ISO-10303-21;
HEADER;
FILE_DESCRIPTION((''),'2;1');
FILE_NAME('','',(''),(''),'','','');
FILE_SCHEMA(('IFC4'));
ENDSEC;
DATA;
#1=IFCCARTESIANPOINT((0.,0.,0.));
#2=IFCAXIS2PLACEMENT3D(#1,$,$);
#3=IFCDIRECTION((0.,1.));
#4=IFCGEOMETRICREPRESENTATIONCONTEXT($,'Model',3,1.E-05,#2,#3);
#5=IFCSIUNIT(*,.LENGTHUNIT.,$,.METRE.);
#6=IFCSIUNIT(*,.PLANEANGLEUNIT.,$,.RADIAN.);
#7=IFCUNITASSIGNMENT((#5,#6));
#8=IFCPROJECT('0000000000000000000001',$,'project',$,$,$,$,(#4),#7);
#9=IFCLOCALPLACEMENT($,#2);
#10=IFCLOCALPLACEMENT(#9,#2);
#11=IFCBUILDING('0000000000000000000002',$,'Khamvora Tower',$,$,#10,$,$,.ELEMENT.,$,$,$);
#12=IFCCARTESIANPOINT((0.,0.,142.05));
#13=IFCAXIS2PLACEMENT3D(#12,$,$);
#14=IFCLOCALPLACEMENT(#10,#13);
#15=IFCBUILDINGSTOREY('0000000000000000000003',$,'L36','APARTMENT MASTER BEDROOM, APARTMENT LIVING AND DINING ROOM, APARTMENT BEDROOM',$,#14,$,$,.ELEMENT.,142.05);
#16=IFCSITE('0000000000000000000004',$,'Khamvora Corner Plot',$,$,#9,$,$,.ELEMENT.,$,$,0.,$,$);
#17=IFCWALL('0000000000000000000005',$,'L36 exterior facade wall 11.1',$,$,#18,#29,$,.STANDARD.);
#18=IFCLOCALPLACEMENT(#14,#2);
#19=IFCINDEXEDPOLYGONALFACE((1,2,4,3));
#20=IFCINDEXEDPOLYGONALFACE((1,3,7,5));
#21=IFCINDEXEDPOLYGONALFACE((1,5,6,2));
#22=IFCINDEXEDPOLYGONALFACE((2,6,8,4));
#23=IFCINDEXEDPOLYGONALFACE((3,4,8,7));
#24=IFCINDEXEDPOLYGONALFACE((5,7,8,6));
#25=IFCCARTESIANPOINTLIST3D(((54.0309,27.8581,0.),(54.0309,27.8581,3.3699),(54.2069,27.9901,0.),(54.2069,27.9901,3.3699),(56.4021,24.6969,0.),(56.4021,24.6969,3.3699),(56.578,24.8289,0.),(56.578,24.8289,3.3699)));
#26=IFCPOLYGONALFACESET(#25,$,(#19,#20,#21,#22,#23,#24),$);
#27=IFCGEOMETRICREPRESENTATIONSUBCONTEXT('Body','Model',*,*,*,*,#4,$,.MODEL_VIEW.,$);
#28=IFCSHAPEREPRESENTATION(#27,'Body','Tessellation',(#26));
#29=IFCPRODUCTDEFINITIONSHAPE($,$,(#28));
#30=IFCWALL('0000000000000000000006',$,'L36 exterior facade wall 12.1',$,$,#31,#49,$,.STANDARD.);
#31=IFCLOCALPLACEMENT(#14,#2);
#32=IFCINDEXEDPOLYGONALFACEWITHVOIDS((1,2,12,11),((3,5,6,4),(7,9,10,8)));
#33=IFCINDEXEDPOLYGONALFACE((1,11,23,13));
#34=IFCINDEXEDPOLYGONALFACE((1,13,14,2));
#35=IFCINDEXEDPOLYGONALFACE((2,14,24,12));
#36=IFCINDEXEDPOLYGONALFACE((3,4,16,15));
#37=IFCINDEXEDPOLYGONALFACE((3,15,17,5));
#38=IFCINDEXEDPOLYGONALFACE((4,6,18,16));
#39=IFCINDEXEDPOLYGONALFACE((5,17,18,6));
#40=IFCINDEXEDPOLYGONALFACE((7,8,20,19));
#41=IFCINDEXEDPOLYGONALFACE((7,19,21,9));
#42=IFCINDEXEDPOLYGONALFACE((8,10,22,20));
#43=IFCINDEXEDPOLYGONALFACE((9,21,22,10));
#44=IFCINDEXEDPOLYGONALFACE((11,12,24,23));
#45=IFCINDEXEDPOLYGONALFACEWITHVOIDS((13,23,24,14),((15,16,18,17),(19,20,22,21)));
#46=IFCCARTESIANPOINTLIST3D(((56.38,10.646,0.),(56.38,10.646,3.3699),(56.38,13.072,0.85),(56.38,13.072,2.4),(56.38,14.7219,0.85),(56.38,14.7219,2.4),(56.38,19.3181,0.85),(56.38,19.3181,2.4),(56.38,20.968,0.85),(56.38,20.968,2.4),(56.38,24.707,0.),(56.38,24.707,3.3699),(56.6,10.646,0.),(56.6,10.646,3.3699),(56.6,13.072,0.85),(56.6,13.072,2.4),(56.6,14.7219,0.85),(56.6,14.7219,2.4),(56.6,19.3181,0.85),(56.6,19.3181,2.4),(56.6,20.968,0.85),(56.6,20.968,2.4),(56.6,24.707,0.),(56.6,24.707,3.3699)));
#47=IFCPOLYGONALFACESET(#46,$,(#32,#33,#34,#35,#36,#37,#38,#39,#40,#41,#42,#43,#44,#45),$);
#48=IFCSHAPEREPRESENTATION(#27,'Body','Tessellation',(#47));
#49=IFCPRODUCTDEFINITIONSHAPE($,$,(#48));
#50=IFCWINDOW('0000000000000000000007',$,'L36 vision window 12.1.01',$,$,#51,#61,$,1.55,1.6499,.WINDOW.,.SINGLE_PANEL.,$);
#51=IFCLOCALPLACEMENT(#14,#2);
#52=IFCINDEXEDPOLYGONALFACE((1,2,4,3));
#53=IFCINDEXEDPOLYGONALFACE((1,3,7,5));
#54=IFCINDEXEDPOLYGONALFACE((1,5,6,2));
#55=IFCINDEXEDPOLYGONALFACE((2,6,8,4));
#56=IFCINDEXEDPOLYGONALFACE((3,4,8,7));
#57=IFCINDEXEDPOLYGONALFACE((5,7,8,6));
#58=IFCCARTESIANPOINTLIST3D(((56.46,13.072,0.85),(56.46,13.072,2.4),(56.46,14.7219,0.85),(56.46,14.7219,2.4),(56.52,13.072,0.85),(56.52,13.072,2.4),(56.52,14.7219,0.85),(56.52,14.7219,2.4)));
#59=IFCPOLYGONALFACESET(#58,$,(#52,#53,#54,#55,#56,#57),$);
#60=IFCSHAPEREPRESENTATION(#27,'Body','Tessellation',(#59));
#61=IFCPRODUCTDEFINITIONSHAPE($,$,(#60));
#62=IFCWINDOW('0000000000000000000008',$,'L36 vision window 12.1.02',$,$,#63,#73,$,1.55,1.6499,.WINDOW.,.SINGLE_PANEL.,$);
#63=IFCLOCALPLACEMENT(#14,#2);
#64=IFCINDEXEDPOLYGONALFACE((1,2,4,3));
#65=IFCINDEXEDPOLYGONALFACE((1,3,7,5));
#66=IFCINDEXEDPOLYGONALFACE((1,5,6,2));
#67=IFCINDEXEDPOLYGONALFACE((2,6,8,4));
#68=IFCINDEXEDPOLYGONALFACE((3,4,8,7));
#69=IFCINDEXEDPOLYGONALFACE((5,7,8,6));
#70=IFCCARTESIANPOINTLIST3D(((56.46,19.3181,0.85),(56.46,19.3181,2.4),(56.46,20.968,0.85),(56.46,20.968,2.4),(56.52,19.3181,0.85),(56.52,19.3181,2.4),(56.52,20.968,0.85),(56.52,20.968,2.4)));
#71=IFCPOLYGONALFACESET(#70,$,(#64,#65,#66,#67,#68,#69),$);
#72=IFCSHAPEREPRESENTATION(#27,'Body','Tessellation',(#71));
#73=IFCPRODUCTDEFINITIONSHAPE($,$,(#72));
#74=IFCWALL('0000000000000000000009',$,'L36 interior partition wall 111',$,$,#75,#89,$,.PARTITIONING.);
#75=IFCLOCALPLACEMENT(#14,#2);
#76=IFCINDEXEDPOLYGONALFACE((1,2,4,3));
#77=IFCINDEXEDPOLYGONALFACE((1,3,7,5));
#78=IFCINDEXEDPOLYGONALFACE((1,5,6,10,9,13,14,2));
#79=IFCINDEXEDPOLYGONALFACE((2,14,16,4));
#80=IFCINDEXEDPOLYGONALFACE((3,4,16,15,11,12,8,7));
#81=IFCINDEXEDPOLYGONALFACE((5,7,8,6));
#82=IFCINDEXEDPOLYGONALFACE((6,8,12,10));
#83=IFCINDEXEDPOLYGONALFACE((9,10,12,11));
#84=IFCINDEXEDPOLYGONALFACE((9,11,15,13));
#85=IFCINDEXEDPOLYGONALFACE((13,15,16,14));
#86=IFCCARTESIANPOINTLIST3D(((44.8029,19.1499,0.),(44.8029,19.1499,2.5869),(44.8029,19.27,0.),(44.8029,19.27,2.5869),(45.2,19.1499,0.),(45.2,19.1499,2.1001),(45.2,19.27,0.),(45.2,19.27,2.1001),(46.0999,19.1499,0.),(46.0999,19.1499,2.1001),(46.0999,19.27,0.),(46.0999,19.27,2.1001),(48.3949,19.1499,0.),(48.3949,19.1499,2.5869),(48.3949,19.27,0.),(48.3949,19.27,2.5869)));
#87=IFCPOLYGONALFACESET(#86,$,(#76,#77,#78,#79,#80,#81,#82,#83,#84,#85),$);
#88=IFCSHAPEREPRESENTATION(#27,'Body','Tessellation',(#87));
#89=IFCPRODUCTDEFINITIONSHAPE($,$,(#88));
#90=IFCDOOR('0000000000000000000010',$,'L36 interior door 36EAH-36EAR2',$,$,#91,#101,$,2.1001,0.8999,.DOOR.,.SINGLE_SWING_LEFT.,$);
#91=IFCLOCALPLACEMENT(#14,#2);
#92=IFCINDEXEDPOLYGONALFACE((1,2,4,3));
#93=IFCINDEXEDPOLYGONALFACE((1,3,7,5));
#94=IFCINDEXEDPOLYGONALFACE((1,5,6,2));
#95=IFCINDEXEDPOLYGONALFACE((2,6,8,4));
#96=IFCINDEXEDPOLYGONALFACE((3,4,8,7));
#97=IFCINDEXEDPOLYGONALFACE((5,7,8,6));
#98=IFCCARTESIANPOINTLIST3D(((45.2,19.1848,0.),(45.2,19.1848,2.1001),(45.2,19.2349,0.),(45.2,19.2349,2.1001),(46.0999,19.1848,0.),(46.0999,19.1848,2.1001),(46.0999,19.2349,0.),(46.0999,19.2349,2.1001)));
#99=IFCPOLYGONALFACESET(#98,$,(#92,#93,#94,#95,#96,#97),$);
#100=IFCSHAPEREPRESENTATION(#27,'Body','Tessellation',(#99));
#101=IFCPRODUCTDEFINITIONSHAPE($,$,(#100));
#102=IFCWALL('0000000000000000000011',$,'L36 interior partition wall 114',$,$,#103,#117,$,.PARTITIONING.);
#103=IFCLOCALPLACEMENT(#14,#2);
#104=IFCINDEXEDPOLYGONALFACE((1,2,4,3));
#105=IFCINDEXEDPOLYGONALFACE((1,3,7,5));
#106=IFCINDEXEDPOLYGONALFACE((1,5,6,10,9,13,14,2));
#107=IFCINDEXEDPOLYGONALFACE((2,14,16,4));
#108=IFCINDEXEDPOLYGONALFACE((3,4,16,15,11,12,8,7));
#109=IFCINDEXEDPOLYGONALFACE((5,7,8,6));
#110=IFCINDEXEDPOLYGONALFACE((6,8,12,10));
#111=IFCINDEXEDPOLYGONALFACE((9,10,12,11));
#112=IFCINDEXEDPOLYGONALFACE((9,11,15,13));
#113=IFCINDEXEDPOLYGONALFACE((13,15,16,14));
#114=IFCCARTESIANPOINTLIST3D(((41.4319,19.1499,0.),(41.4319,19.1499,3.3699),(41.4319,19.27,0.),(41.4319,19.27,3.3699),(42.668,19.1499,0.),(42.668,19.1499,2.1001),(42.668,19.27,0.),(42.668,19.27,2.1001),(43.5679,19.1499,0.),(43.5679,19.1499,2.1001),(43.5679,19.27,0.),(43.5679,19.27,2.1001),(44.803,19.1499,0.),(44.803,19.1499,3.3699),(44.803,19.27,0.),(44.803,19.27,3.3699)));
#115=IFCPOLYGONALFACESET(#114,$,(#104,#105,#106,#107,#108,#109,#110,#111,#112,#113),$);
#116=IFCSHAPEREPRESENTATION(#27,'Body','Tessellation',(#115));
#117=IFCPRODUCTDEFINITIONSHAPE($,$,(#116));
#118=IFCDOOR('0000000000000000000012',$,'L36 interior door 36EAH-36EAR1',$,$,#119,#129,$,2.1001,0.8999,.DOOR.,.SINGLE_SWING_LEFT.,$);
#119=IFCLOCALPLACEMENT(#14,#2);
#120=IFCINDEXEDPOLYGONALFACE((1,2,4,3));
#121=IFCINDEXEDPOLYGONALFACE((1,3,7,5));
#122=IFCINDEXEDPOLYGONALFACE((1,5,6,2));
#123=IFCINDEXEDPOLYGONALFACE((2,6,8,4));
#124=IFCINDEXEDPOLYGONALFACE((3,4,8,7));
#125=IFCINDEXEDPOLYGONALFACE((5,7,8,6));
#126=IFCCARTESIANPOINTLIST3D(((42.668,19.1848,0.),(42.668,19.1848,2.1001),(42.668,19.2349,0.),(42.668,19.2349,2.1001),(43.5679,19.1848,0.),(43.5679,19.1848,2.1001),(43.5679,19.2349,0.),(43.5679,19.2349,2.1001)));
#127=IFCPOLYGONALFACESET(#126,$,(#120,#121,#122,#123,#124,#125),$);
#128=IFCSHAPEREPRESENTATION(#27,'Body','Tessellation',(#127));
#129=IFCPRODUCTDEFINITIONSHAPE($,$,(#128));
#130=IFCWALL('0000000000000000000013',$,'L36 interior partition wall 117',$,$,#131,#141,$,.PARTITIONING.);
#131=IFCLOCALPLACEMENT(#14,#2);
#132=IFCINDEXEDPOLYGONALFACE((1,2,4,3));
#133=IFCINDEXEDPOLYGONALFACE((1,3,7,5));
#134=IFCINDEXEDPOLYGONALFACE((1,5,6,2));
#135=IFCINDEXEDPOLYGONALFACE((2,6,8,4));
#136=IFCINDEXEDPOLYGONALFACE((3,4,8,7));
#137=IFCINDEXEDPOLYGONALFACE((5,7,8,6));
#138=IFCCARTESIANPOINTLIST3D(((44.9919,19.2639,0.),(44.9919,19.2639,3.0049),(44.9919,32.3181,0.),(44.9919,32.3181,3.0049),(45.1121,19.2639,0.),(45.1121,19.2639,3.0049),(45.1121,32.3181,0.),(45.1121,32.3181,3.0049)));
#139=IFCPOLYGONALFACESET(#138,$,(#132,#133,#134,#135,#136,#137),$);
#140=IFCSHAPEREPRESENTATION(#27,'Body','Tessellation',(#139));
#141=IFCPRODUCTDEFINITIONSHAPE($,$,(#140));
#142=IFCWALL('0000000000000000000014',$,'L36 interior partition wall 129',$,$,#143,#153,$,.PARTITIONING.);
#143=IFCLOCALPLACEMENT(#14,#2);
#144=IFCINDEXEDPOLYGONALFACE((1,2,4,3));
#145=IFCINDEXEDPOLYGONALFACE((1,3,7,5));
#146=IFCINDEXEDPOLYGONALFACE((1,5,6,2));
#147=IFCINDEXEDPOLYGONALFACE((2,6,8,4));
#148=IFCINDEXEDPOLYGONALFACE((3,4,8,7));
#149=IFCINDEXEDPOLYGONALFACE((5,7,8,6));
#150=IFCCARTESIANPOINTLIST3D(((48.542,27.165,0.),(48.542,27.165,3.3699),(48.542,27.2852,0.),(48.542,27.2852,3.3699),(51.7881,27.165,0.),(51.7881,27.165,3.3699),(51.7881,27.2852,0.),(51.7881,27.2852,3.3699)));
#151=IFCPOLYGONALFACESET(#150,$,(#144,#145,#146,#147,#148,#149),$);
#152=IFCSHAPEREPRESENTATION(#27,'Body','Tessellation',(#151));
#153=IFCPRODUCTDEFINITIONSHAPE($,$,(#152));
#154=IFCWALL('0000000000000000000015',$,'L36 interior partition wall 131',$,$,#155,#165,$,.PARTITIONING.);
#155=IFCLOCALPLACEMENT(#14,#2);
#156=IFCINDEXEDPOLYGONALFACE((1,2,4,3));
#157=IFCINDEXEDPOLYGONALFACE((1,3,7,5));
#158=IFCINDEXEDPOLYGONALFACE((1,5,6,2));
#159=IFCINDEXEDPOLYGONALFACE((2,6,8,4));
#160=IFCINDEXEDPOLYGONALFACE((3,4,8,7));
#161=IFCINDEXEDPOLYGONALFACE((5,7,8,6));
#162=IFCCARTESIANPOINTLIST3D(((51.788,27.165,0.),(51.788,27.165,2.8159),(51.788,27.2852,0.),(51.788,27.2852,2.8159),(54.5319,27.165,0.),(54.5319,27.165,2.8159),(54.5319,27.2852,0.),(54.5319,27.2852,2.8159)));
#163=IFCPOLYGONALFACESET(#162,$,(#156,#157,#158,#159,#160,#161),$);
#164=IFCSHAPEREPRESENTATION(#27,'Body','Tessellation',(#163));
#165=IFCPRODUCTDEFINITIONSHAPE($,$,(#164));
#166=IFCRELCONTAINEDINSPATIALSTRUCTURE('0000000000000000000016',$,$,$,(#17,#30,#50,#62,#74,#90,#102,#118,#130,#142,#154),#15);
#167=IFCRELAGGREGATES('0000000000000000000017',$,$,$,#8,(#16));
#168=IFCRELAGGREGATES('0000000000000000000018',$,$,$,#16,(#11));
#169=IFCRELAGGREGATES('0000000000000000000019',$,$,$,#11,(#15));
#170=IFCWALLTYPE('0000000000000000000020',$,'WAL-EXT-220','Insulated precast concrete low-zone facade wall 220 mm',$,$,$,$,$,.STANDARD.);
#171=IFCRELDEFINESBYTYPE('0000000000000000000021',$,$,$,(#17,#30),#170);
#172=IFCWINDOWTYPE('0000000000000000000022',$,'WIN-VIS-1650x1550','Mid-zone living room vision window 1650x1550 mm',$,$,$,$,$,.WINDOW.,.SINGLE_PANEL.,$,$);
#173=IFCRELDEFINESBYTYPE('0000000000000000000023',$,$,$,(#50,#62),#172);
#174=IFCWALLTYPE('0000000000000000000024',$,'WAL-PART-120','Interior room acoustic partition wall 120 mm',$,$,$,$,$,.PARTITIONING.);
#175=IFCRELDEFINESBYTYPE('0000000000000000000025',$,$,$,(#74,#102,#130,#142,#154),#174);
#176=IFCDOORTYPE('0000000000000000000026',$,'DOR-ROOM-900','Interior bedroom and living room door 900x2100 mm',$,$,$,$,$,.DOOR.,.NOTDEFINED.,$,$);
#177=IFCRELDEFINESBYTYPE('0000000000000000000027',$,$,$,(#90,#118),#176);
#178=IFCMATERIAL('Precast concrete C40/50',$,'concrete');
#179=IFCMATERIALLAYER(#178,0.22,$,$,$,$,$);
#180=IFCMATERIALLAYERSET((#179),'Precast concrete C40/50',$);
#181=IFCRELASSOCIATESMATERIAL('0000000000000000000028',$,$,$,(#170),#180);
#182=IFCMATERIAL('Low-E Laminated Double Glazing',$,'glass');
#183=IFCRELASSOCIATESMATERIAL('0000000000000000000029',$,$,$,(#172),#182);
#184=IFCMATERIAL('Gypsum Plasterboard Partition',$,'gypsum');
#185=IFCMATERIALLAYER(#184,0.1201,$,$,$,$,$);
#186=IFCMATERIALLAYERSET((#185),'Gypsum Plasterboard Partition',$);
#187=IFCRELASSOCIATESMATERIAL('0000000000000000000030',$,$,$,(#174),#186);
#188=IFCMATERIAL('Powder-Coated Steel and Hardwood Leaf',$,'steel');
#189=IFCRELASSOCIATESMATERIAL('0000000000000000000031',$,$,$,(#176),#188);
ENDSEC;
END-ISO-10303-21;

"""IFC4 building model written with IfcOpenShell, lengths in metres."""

from ifc_helpers import new_model, si_unit, direction, frame, frame_2d, origin, place, context, subcontext, project, spatial, rectangle, extrude, material, layer, layer_set, type_object, element, fill, save


model = new_model("IFC4")

# Units and contexts
model_context = context("Model", 3, precision=1e-05, world=origin(), true_north=direction((0.0, 1.0)))
body_context = subcontext(model_context, "Body", "Model", "MODEL_VIEW")
ifc_project = project(units=[si_unit("LENGTHUNIT", "METRE"), si_unit("PLANEANGLEUNIT", "RADIAN")], contexts=[model_context])

# Site, building, storey
site_placement = place(None, origin())
site = spatial("IfcSite", under=ifc_project, at=site_placement, Name="Khamvora Corner Plot", CompositionType="ELEMENT", RefElevation=0.0)
building_placement = place(site_placement, origin())
building = spatial("IfcBuilding", under=site, at=building_placement, Name="Khamvora Tower", CompositionType="ELEMENT")
storey_placement = place(building_placement, frame((0.0, 0.0, 142.05)))
storey = spatial("IfcBuildingStorey", under=building, at=storey_placement, Name="L36", Description="APARTMENT MASTER BEDROOM, APARTMENT LIVING AND DINING ROOM, APARTMENT BEDROOM", CompositionType="ELEMENT", Elevation=142.05)

# Shared definitions
ifc_material_1 = material(Name="Powder-Coated Steel and Hardwood Leaf", Category="steel")

# Wall
ifc_material_2 = material(Name="Precast concrete C40/50", Category="concrete")
ifc_layer_1 = layer(ifc_material_2, 0.22)
ifc_layer_set_1 = layer_set([ifc_layer_1], Name="Precast concrete C40/50")
wall_type_1 = type_object("IfcWallType", Name="WAL-EXT-220", Description="Insulated precast concrete low-zone facade wall 220 mm", PredefinedType="STANDARD", material=ifc_layer_set_1)
wall_1_placement = place(storey_placement, frame((54.1189, 27.9241, 0.0), z_axis=(0.0, 0.0, 1.0), x_axis=(0.60004, -0.79997, 0.0)))
element("IfcWall", 1, at=wall_1_placement, inside=storey, type_object=wall_type_1, Name="L36 exterior facade wall 11.1", PredefinedType="STANDARD", context=body_context, shape_type="SweptSolid", body=[
    extrude(rectangle(XDim=3.9517, YDim=0.22, at=frame_2d((1.9758, 0.0))), origin(), (0.0, 0.0, 1.0), 3.3699),
])

# Wall, openings, windows
wall_2_placement = place(storey_placement, frame((56.49, 24.707, 0.0), z_axis=(0.0, 0.0, 1.0), x_axis=(0.0, -1.0, 0.0)))
wall_2 = element("IfcWall", 2, at=wall_2_placement, inside=storey, type_object=wall_type_1, Name="L36 exterior facade wall 12.1", PredefinedType="STANDARD", context=body_context, shape_type="SweptSolid", body=[
    extrude(rectangle(XDim=14.061, YDim=0.22, at=frame_2d((7.0305, 0.0))), origin(), (0.0, 0.0, 1.0), 3.3699),
])
opening_1_placement = place(wall_2_placement, frame((9.9851, 0.0, 0.8501)))
opening_1 = element("IfcOpeningElement", 3, at=opening_1_placement, cuts=wall_2, PredefinedType="OPENING", context=body_context, shape_type="SweptSolid", body=[
    extrude(rectangle(XDim=1.6499, YDim=1.55, at=frame_2d((0.825, 0.7749))), frame((0.0, 0.1199, 0.0), z_axis=(0.0, -1.0, 0.0), x_axis=(1.0, 0.0, 0.0)), (0.0, 0.0, 1.0), 0.24),
])
opening_2_placement = place(wall_2_placement, frame((3.739, 0.0, 0.8501)))
opening_2 = element("IfcOpeningElement", 4, at=opening_2_placement, cuts=wall_2, PredefinedType="OPENING", context=body_context, shape_type="SweptSolid", body=[
    extrude(rectangle(XDim=1.6499, YDim=1.55, at=frame_2d((0.825, 0.7749))), frame((0.0, 0.1199, 0.0), z_axis=(0.0, -1.0, 0.0), x_axis=(1.0, 0.0, 0.0)), (0.0, 0.0, 1.0), 0.24),
])
ifc_material_3 = material(Name="Low-E Laminated Double Glazing", Category="glass")
window_type = type_object("IfcWindowType", Name="WIN-VIS-1650x1550", Description="Mid-zone living room vision window 1650x1550 mm", PartitioningType="SINGLE_PANEL", PredefinedType="WINDOW", material=ifc_material_3)
window_1_placement = place(opening_1_placement, origin())
window_1 = element("IfcWindow", 5, at=window_1_placement, inside=storey, type_object=window_type, Name="L36 vision window 12.1.01", OverallHeight=1.55, OverallWidth=1.6499, PartitioningType="SINGLE_PANEL", PredefinedType="WINDOW", context=body_context, shape_type="SweptSolid", body=[
    extrude(rectangle(XDim=1.6499, YDim=1.55, at=frame_2d((0.825, 0.7749))), frame((0.0, 0.03, 0.0), z_axis=(0.0, -1.0, 0.0), x_axis=(1.0, 0.0, 0.0)), (0.0, 0.0, 1.0), 0.0601),
])
fill(opening_1, window_1)
window_2_placement = place(opening_2_placement, origin())
window_2 = element("IfcWindow", 6, at=window_2_placement, inside=storey, type_object=window_type, Name="L36 vision window 12.1.02", OverallHeight=1.55, OverallWidth=1.6499, PartitioningType="SINGLE_PANEL", PredefinedType="WINDOW", context=body_context, shape_type="SweptSolid", body=[
    extrude(rectangle(XDim=1.6499, YDim=1.55, at=frame_2d((0.825, 0.7749))), frame((0.0, 0.03, 0.0), z_axis=(0.0, -1.0, 0.0), x_axis=(1.0, 0.0, 0.0)), (0.0, 0.0, 1.0), 0.0601),
])
fill(opening_2, window_2)

# Walls, openings, doors
ifc_material_4 = material(Name="Gypsum Plasterboard Partition", Category="gypsum")
ifc_layer_2 = layer(ifc_material_4, 0.1201)
ifc_layer_set_2 = layer_set([ifc_layer_2], Name="Gypsum Plasterboard Partition")
wall_type_2 = type_object("IfcWallType", Name="WAL-PART-120", Description="Interior room acoustic partition wall 120 mm", PredefinedType="PARTITIONING", material=ifc_layer_set_2)
wall_3_placement = place(storey_placement, frame((44.803, 19.21, 0.0), z_axis=(0.0, 0.0, 1.0), x_axis=(1.0, 0.0, 0.0)))
wall_3 = element("IfcWall", 7, at=wall_3_placement, inside=storey, type_object=wall_type_2, Name="L36 interior partition wall 111", PredefinedType="PARTITIONING", context=body_context, shape_type="SweptSolid", body=[
    extrude(rectangle(XDim=3.592, YDim=0.1201, at=frame_2d((1.7959, 0.0))), origin(), (0.0, 0.0, 1.0), 2.5869),
])
opening_3_placement = place(wall_3_placement, frame((0.397, 0.0, 0.0)))
opening_3 = element("IfcOpeningElement", 8, at=opening_3_placement, cuts=wall_3, PredefinedType="OPENING", context=body_context, shape_type="SweptSolid", body=[
    extrude(rectangle(XDim=0.8999, YDim=2.1001, at=frame_2d((0.45, 1.05))), frame((0.0, 0.0701, 0.0), z_axis=(0.0, -1.0, 0.0), x_axis=(1.0, 0.0, 0.0)), (0.0, 0.0, 1.0), 0.1401),
])
door_type_1 = type_object("IfcDoorType", Name="DOR-ROOM-900", Description="Interior bedroom and living room door 900x2100 mm", OperationType="NOTDEFINED", PredefinedType="DOOR", material=ifc_material_1)
door_1_placement = place(opening_3_placement, origin())
door_1 = element("IfcDoor", 9, at=door_1_placement, inside=storey, type_object=door_type_1, Name="L36 interior door 36EAH-36EAR2", OperationType="SINGLE_SWING_LEFT", OverallHeight=2.1001, OverallWidth=0.8999, PredefinedType="DOOR", context=body_context, shape_type="SweptSolid", body=[
    extrude(rectangle(XDim=0.8999, YDim=2.1001, at=frame_2d((0.45, 1.05))), frame((0.0, 0.0249, 0.0), z_axis=(0.0, -1.0, 0.0), x_axis=(1.0, 0.0, 0.0)), (0.0, 0.0, 1.0), 0.05),
])
fill(opening_3, door_1)
wall_4_placement = place(storey_placement, frame((41.4319, 19.21, 0.0), z_axis=(0.0, 0.0, 1.0), x_axis=(1.0, 0.0, 0.0)))
wall_4 = element("IfcWall", 10, at=wall_4_placement, inside=storey, type_object=wall_type_2, Name="L36 interior partition wall 114", PredefinedType="PARTITIONING", context=body_context, shape_type="SweptSolid", body=[
    extrude(rectangle(XDim=3.3711, YDim=0.1201, at=frame_2d((1.6855, 0.0))), origin(), (0.0, 0.0, 1.0), 3.3699),
])
opening_4_placement = place(wall_4_placement, frame((1.2361, 0.0, 0.0)))
opening_4 = element("IfcOpeningElement", 11, at=opening_4_placement, cuts=wall_4, PredefinedType="OPENING", context=body_context, shape_type="SweptSolid", body=[
    extrude(rectangle(XDim=0.8999, YDim=2.1001, at=frame_2d((0.45, 1.05))), frame((0.0, 0.0701, 0.0), z_axis=(0.0, -1.0, 0.0), x_axis=(1.0, 0.0, 0.0)), (0.0, 0.0, 1.0), 0.1401),
])
door_2_placement = place(opening_4_placement, origin())
door_2 = element("IfcDoor", 12, at=door_2_placement, inside=storey, type_object=door_type_1, Name="L36 interior door 36EAH-36EAR1", OperationType="SINGLE_SWING_LEFT", OverallHeight=2.1001, OverallWidth=0.8999, PredefinedType="DOOR", context=body_context, shape_type="SweptSolid", body=[
    extrude(rectangle(XDim=0.8999, YDim=2.1001, at=frame_2d((0.45, 1.05))), frame((0.0, 0.0249, 0.0), z_axis=(0.0, -1.0, 0.0), x_axis=(1.0, 0.0, 0.0)), (0.0, 0.0, 1.0), 0.05),
])
fill(opening_4, door_2)

# Walls
wall_5_placement = place(storey_placement, frame((45.052, 19.2639, 0.0), z_axis=(0.0, 0.0, 1.0), x_axis=(0.0, 1.0, 0.0)))
element("IfcWall", 13, at=wall_5_placement, inside=storey, type_object=wall_type_2, Name="L36 interior partition wall 117", PredefinedType="PARTITIONING", context=body_context, shape_type="SweptSolid", body=[
    extrude(rectangle(XDim=13.0542, YDim=0.1201, at=frame_2d((6.5271, 0.0))), origin(), (0.0, 0.0, 1.0), 3.0049),
])
wall_6_placement = place(storey_placement, frame((51.7881, 27.2251, 0.0), z_axis=(0.0, 0.0, 1.0), x_axis=(-1.0, 0.0, 0.0)))
element("IfcWall", 14, at=wall_6_placement, inside=storey, type_object=wall_type_2, Name="L36 interior partition wall 129", PredefinedType="PARTITIONING", context=body_context, shape_type="SweptSolid", body=[
    extrude(rectangle(XDim=3.2461, YDim=0.1201, at=frame_2d((1.623, 0.0))), origin(), (0.0, 0.0, 1.0), 3.3699),
])
wall_7_placement = place(storey_placement, frame((54.532, 27.2251, 0.0), z_axis=(0.0, 0.0, 1.0), x_axis=(-1.0, 0.0, 0.0)))
element("IfcWall", 15, at=wall_7_placement, inside=storey, type_object=wall_type_2, Name="L36 interior partition wall 131", PredefinedType="PARTITIONING", context=body_context, shape_type="SweptSolid", body=[
    extrude(rectangle(XDim=2.7439, YDim=0.1201, at=frame_2d((1.3721, 0.0))), origin(), (0.0, 0.0, 1.0), 2.8159),
])

save(model, "model.ifc")
